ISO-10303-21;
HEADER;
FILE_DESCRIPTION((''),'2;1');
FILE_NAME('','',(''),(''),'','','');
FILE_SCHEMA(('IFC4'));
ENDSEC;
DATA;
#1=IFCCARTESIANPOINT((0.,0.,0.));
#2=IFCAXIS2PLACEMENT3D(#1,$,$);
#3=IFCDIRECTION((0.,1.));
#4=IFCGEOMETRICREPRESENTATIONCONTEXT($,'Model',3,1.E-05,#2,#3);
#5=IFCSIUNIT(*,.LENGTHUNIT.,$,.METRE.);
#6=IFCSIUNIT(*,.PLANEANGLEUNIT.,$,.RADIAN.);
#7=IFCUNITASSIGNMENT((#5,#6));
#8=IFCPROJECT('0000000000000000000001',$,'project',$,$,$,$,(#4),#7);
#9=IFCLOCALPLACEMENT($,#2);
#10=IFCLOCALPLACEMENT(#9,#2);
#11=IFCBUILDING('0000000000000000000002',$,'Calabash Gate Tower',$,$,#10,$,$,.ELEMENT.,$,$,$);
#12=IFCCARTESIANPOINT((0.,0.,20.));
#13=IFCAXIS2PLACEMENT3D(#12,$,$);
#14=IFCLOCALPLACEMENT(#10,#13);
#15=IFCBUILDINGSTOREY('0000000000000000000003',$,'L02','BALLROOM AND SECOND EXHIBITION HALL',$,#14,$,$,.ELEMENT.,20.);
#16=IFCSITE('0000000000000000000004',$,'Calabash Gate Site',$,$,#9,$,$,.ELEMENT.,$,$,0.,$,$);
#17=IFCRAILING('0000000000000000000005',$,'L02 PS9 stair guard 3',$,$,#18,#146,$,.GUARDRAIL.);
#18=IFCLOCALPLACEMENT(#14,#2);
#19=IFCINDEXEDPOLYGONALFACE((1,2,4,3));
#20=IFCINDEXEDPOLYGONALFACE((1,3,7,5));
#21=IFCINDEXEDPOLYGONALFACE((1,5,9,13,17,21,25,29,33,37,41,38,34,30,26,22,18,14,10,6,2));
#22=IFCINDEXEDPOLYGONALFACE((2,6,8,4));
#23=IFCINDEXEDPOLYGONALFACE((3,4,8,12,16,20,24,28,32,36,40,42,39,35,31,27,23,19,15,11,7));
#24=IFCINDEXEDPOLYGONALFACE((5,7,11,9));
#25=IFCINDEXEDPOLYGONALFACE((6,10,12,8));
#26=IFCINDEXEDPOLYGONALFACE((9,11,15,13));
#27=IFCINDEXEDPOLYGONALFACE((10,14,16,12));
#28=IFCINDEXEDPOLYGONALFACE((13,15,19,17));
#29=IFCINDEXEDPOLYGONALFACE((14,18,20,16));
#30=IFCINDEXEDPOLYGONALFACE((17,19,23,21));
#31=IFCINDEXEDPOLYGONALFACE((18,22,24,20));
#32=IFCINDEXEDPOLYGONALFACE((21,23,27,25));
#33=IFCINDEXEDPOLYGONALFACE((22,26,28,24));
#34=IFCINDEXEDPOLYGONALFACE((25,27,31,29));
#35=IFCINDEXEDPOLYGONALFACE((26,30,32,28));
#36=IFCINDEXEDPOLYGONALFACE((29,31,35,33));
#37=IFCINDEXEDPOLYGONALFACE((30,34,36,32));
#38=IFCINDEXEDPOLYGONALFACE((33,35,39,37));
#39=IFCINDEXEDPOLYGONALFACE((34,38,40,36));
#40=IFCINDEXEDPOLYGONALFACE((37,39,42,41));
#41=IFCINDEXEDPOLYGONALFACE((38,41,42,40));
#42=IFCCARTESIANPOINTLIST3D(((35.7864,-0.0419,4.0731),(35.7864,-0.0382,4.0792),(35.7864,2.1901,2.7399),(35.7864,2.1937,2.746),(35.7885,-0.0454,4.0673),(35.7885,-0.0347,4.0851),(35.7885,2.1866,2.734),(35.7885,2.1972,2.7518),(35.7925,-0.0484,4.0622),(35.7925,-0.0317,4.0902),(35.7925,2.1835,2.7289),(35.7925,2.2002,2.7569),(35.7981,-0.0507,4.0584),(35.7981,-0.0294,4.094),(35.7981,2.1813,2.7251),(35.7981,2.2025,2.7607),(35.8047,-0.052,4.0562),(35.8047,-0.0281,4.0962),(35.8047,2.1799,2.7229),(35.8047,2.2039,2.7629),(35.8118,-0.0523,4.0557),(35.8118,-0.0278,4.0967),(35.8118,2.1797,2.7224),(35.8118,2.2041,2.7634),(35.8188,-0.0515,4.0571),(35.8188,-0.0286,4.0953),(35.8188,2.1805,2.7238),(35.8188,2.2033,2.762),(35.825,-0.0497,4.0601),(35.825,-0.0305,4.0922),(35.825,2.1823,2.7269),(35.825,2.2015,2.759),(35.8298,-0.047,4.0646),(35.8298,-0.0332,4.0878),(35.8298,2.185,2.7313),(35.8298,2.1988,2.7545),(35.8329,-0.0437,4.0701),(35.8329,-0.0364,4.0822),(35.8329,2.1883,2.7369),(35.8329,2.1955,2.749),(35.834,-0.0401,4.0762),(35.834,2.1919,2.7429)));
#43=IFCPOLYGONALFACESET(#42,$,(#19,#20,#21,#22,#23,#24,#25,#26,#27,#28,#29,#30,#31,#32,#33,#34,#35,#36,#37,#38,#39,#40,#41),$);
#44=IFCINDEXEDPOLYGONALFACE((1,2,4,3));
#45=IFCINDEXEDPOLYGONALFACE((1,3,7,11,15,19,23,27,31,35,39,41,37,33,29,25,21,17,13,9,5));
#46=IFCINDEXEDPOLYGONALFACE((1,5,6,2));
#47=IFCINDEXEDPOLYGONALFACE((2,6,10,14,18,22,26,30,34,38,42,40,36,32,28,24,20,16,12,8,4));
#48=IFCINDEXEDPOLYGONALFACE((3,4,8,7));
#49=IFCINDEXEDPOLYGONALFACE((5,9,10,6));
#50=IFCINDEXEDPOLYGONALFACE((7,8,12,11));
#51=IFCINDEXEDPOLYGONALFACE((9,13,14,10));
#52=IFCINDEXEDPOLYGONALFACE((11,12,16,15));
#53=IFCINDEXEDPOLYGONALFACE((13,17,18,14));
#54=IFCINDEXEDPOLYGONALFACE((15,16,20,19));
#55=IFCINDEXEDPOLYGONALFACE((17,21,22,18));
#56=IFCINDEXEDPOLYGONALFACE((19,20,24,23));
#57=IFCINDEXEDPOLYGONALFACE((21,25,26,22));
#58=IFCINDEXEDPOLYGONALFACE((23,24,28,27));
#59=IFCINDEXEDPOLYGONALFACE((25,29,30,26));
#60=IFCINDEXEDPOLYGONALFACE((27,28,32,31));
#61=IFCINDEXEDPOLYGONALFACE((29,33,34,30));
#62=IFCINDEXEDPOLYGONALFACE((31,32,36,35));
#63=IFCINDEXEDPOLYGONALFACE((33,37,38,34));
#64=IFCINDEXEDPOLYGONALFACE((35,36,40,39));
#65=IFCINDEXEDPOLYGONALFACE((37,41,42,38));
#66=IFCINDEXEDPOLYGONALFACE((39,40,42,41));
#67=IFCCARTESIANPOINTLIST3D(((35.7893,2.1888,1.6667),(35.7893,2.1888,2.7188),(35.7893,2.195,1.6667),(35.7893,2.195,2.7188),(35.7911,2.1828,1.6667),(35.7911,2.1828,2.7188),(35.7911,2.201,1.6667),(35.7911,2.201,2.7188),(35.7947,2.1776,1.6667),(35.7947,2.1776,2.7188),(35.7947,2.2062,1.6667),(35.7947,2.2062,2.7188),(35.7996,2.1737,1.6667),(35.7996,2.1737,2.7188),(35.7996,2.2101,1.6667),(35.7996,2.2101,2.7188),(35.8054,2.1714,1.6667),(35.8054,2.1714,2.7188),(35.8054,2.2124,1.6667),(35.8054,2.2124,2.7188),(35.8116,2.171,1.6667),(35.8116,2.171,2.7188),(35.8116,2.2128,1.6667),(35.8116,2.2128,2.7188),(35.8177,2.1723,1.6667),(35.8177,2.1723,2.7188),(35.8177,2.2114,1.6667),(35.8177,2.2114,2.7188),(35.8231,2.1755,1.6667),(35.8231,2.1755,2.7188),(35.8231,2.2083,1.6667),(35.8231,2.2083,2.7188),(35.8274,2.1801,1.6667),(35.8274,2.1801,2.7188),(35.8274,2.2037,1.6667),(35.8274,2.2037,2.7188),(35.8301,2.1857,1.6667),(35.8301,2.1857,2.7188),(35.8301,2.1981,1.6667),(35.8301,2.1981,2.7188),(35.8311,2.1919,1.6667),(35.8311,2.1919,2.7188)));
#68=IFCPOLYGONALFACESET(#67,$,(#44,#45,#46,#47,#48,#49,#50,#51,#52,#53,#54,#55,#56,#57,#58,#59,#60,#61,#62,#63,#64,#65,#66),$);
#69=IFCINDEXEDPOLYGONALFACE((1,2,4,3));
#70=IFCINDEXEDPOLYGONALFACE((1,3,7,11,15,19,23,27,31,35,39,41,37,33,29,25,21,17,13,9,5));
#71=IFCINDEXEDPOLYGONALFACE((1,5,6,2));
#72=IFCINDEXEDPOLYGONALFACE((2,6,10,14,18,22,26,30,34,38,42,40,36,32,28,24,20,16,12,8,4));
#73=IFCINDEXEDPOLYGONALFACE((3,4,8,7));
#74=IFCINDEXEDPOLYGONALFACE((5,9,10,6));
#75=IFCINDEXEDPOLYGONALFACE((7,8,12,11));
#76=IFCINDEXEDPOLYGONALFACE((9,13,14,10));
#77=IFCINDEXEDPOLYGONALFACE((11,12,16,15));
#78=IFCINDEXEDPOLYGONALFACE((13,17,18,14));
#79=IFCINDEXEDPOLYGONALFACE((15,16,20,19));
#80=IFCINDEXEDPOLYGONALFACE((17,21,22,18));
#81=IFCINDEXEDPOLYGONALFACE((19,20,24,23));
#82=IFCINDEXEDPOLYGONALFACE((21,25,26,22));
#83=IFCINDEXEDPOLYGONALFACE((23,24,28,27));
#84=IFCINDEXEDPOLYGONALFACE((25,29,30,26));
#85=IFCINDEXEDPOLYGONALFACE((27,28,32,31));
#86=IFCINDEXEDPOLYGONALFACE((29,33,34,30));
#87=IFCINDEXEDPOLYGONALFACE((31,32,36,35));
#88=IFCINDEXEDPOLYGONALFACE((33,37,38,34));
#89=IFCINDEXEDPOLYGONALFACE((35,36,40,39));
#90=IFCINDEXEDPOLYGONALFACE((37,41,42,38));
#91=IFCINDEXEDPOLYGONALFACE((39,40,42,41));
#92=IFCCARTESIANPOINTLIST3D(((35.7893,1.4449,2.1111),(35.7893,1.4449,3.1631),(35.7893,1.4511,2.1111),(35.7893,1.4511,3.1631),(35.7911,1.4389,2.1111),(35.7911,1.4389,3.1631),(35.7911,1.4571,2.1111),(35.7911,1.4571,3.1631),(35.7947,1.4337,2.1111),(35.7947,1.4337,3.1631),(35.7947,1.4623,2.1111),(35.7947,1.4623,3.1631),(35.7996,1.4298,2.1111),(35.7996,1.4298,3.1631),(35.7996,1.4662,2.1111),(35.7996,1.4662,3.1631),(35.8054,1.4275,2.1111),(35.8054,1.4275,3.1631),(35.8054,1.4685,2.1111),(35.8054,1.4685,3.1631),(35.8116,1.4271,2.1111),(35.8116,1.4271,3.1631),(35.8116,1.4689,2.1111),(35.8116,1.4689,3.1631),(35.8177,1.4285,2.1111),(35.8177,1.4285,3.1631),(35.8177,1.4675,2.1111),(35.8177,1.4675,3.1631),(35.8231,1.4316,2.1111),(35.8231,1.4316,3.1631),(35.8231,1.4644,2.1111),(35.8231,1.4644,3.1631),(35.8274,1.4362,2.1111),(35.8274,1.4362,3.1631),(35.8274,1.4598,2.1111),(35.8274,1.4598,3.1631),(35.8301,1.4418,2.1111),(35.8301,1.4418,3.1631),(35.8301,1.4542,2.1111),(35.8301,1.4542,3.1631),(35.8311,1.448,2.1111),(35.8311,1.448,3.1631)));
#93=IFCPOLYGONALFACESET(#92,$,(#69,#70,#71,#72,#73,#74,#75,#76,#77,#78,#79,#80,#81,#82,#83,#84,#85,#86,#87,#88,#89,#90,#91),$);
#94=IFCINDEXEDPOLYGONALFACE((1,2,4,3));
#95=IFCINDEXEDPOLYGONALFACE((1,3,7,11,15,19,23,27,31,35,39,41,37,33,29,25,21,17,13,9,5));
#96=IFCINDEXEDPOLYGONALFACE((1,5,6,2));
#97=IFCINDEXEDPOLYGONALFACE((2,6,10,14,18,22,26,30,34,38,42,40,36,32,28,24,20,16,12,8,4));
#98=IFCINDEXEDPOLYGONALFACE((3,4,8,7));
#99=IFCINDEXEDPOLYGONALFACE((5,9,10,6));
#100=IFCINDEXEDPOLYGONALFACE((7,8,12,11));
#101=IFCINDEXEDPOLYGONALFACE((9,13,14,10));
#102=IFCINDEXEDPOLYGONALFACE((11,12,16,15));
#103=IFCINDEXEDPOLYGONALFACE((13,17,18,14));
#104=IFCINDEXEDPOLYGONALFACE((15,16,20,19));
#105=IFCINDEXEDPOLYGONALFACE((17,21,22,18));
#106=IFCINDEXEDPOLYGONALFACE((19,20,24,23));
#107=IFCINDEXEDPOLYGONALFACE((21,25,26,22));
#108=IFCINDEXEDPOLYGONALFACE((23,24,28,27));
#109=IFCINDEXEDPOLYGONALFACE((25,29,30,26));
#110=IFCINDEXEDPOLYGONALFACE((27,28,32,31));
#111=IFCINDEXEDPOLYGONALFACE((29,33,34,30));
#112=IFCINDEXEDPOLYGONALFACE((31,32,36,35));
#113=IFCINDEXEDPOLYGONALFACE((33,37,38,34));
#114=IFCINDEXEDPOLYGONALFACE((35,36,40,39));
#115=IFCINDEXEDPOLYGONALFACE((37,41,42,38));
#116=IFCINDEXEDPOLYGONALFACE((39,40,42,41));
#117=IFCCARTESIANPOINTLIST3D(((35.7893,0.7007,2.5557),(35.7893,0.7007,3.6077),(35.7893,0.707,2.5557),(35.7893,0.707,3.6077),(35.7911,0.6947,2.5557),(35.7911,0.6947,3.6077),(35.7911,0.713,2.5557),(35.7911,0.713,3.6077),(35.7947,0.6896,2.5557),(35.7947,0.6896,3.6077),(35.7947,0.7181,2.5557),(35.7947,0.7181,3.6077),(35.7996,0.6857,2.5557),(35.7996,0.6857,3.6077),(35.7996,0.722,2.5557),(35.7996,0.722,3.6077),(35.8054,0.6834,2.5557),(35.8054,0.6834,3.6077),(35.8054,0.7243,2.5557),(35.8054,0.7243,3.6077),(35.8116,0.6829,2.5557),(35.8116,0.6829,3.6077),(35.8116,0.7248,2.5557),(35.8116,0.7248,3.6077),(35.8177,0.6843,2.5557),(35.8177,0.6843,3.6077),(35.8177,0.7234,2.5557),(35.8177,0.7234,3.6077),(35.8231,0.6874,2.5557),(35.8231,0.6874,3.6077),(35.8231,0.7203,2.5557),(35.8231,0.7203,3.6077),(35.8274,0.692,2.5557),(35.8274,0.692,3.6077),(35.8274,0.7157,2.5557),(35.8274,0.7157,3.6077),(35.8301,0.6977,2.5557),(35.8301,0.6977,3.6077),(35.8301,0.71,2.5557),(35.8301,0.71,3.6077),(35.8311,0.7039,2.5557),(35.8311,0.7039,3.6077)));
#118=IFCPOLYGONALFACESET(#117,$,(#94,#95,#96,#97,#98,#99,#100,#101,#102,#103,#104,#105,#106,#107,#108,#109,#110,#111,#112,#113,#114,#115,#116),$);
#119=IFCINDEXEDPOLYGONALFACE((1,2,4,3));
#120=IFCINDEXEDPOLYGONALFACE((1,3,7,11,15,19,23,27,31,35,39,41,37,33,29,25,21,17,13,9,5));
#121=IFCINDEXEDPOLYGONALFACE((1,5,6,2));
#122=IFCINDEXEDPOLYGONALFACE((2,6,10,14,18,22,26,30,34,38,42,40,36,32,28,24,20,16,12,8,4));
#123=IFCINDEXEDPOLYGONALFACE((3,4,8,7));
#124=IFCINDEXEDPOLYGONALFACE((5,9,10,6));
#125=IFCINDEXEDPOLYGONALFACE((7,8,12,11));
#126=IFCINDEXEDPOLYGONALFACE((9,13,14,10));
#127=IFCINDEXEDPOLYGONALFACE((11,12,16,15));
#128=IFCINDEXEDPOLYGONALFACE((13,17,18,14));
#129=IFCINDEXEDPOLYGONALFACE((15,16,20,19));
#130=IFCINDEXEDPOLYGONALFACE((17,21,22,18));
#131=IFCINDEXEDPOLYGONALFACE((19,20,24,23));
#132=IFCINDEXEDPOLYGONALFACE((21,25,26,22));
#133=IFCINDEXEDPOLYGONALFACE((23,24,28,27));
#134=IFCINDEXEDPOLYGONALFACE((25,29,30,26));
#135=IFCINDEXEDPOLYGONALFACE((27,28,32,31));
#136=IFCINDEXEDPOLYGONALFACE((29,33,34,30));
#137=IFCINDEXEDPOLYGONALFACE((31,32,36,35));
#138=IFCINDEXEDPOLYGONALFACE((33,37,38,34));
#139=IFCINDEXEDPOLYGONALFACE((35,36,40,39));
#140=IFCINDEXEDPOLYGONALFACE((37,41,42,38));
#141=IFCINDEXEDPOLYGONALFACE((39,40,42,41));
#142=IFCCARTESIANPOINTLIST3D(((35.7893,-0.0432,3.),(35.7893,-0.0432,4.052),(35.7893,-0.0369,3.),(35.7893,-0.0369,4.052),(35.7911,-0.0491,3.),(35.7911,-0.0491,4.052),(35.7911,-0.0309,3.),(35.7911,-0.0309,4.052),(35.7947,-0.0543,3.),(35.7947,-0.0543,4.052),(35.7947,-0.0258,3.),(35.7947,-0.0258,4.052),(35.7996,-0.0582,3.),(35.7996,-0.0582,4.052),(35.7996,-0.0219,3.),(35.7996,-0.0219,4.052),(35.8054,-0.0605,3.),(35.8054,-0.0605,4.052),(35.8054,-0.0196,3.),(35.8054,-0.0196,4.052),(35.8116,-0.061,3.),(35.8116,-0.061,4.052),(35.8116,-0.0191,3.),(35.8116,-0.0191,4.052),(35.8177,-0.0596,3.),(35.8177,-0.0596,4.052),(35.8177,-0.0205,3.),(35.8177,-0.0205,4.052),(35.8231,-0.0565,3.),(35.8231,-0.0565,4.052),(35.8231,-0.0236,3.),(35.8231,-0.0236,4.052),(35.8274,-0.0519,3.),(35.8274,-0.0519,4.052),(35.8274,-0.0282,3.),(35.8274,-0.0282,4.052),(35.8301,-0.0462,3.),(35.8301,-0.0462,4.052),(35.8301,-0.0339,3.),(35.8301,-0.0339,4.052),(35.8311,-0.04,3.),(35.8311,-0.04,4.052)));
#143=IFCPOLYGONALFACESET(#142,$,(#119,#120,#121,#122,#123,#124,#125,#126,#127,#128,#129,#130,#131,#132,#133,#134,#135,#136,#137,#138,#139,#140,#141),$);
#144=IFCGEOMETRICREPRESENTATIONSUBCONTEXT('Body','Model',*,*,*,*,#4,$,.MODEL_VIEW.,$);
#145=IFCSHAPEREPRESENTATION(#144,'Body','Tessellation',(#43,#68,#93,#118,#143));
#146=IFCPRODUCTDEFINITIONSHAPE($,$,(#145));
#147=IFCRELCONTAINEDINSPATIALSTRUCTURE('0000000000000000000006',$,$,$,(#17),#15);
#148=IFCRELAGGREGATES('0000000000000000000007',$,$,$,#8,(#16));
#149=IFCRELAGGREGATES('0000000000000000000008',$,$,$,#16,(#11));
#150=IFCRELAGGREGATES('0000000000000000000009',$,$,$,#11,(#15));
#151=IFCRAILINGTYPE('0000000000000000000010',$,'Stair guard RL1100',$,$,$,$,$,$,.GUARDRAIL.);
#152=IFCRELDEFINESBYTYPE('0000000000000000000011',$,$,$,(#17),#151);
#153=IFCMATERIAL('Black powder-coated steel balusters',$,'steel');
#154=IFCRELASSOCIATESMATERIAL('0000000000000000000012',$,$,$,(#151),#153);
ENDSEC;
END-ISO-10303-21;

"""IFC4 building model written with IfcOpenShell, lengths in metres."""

from ifc_helpers import new_model, si_unit, direction, frame, origin, origin_2d, place, context, subcontext, project, spatial, circle, extrude, material, type_object, element, save


model = new_model("IFC4")

# Units and contexts
model_context = context("Model", 3, precision=1e-05, world=origin(), true_north=direction((0.0, 1.0)))
body_context = subcontext(model_context, "Body", "Model", "MODEL_VIEW")
ifc_project = project(units=[si_unit("LENGTHUNIT", "METRE"), si_unit("PLANEANGLEUNIT", "RADIAN")], contexts=[model_context])

# Site, building, storey
site_placement = place(None, origin())
site = spatial("IfcSite", under=ifc_project, at=site_placement, Name="Calabash Gate Site", CompositionType="ELEMENT", RefElevation=0.0)
building_placement = place(site_placement, origin())
building = spatial("IfcBuilding", under=site, at=building_placement, Name="Calabash Gate Tower", CompositionType="ELEMENT")
storey_placement = place(building_placement, frame((0.0, 0.0, 20.0)))
storey = spatial("IfcBuildingStorey", under=building, at=storey_placement, Name="L02", Description="BALLROOM AND SECOND EXHIBITION HALL", CompositionType="ELEMENT", Elevation=20.0)

# Railing
ifc_material_1 = material(Name="Black powder-coated steel balusters", Category="steel")
railing_type = type_object("IfcRailingType", Name="Stair guard RL1100", PredefinedType="GUARDRAIL", material=ifc_material_1)
railing_1_placement = place(storey_placement, frame((35.8101, 2.1919, 1.6667)))
element("IfcRailing", 1, at=railing_1_placement, inside=storey, type_object=railing_type, Name="L02 PS9 stair guard 3", PredefinedType="GUARDRAIL", context=body_context, shape_type="SweptSolid", body=[
    extrude(circle(Radius=0.0239, at=origin_2d()), frame((0.0, 0.0, 1.0762), z_axis=(0.0, -0.858494, 0.512824), x_axis=(1.0, 0.0, 0.0)), (0.0, 0.0, 1.0), 2.5999),
    extrude(circle(Radius=0.021, at=origin_2d()), origin(), (0.0, 0.0, 1.0), 1.052),
    extrude(circle(Radius=0.021, at=origin_2d()), frame((0.0, -0.7439, 0.4443)), (0.0, 0.0, 1.0), 1.052),
    extrude(circle(Radius=0.021, at=origin_2d()), frame((0.0, -1.488, 0.8889)), (0.0, 0.0, 1.0), 1.052),
    extrude(circle(Radius=0.021, at=origin_2d()), frame((0.0, -2.2319, 1.3333)), (0.0, 0.0, 1.0), 1.052),
])

save(model, "model.ifc")
